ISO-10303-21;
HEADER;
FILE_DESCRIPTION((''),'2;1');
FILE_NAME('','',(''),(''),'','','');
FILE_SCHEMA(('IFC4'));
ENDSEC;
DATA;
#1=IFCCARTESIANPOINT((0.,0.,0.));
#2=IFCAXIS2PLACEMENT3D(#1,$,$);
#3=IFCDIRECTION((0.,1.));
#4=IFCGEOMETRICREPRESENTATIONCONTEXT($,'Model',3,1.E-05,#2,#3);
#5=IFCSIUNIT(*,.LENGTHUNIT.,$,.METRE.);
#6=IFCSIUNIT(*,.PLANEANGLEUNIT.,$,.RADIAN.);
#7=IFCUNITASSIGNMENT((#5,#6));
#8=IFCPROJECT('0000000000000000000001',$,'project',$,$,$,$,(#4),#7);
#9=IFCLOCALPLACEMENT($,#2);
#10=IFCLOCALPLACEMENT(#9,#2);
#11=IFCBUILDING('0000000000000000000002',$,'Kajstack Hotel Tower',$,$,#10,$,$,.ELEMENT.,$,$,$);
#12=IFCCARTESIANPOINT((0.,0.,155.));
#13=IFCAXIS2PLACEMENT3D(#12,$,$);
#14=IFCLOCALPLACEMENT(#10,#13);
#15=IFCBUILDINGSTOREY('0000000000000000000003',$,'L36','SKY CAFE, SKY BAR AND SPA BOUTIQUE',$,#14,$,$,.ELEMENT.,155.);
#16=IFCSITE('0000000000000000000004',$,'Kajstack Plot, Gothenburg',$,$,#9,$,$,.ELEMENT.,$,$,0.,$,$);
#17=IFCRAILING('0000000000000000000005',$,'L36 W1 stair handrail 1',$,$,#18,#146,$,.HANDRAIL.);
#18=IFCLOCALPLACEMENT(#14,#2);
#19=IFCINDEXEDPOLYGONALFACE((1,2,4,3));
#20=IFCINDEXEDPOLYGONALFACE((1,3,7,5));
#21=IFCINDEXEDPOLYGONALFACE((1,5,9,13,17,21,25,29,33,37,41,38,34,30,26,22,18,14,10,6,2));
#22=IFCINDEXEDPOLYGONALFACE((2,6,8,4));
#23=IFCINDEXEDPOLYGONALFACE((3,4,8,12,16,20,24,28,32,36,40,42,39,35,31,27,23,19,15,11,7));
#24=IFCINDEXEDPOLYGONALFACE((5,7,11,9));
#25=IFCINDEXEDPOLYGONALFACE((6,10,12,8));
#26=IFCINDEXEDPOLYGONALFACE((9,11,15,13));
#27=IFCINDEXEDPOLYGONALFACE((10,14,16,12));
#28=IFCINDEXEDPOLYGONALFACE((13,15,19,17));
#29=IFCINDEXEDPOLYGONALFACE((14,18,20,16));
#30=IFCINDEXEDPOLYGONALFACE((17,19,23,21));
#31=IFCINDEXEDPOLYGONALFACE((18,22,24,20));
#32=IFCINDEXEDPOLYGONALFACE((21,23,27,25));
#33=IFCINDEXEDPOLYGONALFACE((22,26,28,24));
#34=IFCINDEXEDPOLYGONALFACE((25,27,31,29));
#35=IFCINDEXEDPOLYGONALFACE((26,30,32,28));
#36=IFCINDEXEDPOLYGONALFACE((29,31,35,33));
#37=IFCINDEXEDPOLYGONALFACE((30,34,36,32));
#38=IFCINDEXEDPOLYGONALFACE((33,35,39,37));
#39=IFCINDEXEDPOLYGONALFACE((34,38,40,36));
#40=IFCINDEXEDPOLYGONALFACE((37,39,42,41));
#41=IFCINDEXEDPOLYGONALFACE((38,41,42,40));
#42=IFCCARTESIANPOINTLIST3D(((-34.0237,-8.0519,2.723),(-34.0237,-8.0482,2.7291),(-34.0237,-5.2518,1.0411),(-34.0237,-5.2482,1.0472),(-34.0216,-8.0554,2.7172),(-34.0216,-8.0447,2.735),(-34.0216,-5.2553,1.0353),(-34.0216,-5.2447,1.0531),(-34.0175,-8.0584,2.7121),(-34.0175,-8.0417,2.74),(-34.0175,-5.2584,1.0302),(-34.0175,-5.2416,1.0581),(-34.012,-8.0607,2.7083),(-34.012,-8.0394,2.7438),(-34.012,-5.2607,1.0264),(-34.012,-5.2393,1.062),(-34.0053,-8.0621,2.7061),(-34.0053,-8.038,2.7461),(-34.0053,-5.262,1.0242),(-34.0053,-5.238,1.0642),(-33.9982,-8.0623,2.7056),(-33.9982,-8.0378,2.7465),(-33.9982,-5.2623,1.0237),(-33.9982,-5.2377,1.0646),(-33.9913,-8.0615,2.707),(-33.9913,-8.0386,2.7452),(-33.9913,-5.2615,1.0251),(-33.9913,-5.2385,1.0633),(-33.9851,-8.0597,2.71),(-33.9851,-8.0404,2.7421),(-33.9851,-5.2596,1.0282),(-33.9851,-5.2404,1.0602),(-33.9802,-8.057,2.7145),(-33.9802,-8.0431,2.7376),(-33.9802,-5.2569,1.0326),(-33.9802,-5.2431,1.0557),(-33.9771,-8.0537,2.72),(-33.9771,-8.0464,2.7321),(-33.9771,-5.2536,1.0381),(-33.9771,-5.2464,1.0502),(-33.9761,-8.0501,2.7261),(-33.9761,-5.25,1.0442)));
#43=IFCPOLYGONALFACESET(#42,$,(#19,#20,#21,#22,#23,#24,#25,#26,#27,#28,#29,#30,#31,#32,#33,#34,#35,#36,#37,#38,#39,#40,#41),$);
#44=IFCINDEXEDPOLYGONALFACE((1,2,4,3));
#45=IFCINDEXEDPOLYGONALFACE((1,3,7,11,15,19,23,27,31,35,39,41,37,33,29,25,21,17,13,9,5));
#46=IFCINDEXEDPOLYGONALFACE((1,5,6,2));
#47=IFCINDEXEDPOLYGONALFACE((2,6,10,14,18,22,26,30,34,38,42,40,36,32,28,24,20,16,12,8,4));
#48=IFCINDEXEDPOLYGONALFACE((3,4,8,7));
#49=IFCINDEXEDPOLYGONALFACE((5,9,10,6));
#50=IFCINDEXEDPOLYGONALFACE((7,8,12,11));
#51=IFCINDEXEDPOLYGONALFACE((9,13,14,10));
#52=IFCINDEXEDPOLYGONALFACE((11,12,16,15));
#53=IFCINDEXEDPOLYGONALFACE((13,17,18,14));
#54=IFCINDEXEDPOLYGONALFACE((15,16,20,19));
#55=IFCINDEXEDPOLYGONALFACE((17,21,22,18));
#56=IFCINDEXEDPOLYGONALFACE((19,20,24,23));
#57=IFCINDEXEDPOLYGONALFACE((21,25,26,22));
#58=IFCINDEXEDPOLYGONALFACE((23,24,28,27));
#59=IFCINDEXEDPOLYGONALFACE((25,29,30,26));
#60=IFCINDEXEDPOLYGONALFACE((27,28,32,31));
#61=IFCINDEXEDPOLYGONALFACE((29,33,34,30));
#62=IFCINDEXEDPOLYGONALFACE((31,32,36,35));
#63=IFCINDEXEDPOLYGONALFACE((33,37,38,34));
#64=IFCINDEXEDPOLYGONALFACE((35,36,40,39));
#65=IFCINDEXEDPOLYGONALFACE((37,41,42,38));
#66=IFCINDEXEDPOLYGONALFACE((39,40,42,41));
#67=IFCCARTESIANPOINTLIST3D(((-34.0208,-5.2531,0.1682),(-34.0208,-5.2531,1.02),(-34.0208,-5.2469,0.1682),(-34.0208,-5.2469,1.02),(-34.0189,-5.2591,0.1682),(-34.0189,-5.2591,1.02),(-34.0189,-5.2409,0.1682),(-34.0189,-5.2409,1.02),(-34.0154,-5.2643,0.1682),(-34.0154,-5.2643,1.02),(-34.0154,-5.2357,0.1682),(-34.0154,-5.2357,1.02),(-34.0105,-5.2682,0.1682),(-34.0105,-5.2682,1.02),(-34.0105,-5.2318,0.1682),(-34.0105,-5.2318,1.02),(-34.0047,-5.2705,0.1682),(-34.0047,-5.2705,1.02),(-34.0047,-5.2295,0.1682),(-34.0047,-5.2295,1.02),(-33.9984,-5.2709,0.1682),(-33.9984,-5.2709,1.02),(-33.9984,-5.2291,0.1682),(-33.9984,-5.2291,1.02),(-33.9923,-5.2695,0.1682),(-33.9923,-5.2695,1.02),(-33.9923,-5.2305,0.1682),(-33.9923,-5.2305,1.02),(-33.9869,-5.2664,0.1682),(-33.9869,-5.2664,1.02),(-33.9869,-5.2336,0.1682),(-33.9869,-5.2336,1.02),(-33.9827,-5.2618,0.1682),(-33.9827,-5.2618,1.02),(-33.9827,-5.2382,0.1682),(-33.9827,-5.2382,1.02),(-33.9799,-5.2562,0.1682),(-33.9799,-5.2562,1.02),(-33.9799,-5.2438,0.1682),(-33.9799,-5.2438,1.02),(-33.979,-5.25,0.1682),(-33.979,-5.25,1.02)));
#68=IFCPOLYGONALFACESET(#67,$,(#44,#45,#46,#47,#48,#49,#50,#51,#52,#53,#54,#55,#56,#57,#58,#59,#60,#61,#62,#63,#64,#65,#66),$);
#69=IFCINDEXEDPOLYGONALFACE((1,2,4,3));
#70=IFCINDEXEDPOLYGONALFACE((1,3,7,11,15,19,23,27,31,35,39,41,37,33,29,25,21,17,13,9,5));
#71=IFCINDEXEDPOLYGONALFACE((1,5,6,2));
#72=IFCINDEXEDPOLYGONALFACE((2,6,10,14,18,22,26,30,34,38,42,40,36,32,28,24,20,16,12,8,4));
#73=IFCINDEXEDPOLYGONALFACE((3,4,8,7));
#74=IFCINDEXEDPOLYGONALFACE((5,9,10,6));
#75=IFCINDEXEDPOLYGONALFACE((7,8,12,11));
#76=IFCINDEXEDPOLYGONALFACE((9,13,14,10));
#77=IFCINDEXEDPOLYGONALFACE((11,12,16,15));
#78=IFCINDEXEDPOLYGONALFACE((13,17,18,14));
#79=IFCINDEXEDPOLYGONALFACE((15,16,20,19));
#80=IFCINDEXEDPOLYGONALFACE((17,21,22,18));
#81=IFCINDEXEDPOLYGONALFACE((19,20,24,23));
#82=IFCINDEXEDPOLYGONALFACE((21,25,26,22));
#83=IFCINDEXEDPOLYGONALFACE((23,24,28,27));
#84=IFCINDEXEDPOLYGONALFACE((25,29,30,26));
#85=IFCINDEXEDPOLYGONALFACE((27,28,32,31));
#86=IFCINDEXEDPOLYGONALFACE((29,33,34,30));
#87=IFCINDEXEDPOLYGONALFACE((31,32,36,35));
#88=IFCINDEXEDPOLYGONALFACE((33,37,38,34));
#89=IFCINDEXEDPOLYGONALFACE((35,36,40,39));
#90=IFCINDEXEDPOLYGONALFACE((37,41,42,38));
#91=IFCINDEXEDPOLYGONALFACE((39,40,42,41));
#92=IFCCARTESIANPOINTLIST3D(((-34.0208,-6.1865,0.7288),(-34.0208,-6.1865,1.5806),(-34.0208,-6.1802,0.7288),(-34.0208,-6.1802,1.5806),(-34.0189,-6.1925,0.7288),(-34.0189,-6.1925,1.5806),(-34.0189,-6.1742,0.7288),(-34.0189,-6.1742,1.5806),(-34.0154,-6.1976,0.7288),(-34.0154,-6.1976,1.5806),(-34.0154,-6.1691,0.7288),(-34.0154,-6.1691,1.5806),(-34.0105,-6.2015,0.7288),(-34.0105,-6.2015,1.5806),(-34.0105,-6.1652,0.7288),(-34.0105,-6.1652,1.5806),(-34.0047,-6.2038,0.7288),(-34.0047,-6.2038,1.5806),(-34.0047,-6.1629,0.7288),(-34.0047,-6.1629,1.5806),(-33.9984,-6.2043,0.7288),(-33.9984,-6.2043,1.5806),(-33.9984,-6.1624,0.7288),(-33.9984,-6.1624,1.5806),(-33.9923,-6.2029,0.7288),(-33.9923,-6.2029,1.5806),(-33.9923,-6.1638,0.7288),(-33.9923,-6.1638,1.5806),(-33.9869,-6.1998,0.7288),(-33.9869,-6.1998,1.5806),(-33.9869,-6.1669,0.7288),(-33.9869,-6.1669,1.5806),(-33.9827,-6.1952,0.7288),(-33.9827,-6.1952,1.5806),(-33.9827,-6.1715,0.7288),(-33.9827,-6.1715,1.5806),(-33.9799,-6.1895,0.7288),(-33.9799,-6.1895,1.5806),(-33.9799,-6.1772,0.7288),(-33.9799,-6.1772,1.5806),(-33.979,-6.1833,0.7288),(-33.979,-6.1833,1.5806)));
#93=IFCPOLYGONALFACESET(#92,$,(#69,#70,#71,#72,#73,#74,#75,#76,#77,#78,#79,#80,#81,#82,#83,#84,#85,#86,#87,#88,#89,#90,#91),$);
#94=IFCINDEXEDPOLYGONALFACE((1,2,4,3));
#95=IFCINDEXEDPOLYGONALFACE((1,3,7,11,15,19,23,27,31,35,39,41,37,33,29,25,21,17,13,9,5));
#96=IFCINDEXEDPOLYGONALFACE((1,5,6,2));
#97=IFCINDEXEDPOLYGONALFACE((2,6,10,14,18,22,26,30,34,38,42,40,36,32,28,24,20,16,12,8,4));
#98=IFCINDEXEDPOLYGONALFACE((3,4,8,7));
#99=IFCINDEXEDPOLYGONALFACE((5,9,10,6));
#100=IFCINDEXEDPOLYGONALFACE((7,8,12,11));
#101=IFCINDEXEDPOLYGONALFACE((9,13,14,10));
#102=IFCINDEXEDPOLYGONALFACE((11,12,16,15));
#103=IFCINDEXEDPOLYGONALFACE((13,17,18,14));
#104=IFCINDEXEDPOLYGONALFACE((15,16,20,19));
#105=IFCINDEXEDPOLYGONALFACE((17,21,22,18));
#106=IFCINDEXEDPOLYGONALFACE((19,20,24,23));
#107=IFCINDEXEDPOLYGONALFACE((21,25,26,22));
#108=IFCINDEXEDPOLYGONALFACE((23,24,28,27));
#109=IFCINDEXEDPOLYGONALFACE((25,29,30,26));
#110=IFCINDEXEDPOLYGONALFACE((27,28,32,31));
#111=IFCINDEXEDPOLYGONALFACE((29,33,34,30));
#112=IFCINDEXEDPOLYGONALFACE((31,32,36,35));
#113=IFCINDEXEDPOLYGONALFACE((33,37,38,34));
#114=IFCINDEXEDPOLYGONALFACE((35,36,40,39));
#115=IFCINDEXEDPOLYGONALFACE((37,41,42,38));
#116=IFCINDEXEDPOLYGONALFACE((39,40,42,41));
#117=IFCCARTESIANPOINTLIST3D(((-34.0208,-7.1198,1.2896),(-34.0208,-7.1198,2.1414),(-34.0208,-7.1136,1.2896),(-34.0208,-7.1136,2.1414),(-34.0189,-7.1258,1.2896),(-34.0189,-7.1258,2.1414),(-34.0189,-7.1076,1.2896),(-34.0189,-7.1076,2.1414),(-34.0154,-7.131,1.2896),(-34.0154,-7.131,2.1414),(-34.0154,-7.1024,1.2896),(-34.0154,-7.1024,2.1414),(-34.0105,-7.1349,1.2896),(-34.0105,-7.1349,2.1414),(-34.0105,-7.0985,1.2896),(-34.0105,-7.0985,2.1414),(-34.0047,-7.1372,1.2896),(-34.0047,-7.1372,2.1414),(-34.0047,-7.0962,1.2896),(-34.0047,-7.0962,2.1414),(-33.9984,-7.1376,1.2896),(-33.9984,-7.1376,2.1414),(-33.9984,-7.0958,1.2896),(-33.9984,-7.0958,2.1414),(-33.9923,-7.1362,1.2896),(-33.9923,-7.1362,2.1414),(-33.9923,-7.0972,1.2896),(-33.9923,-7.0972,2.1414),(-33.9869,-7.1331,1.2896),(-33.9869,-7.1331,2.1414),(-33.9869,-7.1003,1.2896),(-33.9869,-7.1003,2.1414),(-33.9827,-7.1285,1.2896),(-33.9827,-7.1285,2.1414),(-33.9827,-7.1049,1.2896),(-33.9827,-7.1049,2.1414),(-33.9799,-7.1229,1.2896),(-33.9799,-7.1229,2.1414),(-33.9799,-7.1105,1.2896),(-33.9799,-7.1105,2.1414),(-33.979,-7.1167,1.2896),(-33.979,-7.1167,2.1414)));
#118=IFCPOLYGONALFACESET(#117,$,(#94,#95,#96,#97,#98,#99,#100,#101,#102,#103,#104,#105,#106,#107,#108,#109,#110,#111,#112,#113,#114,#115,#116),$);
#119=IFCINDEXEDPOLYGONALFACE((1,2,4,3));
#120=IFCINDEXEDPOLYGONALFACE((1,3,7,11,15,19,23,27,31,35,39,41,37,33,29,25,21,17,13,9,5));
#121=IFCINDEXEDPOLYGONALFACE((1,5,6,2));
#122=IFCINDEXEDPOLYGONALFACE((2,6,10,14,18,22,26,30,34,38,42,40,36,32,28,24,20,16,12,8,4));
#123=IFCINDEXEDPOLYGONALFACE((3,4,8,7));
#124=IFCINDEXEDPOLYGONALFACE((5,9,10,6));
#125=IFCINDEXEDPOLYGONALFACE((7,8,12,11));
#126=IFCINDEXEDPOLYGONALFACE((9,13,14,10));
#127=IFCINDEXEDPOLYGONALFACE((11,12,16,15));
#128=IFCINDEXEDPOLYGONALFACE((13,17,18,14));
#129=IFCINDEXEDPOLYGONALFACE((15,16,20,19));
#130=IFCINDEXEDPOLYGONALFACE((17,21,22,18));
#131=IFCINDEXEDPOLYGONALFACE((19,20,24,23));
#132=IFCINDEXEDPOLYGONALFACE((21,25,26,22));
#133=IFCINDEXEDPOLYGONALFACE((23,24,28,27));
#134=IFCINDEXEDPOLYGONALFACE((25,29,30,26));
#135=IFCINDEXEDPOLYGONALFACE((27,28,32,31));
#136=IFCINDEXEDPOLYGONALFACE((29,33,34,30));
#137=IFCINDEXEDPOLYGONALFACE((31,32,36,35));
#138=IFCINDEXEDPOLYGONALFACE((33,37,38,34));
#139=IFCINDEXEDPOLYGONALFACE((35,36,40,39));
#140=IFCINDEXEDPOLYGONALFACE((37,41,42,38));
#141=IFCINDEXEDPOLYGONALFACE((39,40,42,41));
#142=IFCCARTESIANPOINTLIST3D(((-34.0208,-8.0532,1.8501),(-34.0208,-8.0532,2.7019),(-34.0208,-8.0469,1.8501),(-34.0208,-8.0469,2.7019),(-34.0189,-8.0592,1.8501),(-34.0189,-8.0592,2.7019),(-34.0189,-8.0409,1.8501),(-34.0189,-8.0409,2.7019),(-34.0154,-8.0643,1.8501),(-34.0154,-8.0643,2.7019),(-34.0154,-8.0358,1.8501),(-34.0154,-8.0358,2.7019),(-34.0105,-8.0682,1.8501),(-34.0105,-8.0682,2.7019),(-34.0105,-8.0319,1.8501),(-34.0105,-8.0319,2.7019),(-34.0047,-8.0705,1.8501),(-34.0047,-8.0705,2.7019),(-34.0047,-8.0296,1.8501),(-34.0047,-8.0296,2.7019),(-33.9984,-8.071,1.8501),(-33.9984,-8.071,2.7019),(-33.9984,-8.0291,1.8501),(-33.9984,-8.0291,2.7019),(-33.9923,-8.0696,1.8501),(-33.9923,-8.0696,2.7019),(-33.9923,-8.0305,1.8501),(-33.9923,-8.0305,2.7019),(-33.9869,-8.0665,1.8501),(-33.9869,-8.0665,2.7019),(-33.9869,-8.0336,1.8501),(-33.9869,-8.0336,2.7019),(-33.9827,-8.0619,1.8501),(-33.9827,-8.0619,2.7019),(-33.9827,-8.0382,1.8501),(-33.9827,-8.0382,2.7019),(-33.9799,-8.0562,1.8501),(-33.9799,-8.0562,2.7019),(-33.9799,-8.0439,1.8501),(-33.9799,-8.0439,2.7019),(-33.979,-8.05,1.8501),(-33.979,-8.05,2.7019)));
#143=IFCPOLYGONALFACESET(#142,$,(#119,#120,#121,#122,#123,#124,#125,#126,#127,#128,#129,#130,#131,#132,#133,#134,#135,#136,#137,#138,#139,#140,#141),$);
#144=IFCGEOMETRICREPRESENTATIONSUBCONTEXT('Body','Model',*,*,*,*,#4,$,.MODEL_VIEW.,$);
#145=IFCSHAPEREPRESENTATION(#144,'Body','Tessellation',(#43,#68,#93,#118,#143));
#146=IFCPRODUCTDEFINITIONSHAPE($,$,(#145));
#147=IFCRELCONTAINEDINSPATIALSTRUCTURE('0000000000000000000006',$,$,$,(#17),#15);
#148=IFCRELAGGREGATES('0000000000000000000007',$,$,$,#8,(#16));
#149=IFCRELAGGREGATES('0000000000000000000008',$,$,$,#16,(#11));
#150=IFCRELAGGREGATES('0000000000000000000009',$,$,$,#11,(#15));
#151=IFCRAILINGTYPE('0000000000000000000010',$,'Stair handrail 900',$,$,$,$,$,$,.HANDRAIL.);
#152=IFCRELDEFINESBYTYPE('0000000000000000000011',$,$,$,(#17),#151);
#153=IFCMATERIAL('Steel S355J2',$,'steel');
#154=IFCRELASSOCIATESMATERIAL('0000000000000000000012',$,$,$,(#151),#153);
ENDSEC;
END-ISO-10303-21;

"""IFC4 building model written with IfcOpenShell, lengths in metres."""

from ifc_helpers import new_model, si_unit, direction, frame, origin, origin_2d, place, context, subcontext, project, spatial, circle, extrude, material, type_object, element, save


model = new_model("IFC4")

# Units and contexts
model_context = context("Model", 3, precision=1e-05, world=origin(), true_north=direction((0.0, 1.0)))
body_context = subcontext(model_context, "Body", "Model", "MODEL_VIEW")
ifc_project = project(units=[si_unit("LENGTHUNIT", "METRE"), si_unit("PLANEANGLEUNIT", "RADIAN")], contexts=[model_context])

# Site, building, storey
site_placement = place(None, origin())
site = spatial("IfcSite", under=ifc_project, at=site_placement, Name="Kajstack Plot, Gothenburg", CompositionType="ELEMENT", RefElevation=0.0)
building_placement = place(site_placement, origin())
building = spatial("IfcBuilding", under=site, at=building_placement, Name="Kajstack Hotel Tower", CompositionType="ELEMENT")
storey_placement = place(building_placement, frame((0.0, 0.0, 155.0)))
storey = spatial("IfcBuildingStorey", under=building, at=storey_placement, Name="L36", Description="SKY CAFE, SKY BAR AND SPA BOUTIQUE", CompositionType="ELEMENT", Elevation=155.0)

# Railing
ifc_material_1 = material(Name="Steel S355J2", Category="steel")
railing_type_1 = type_object("IfcRailingType", Name="Stair handrail 900", PredefinedType="HANDRAIL", material=ifc_material_1)
railing_1_placement = place(storey_placement, frame((-34.0, -5.25, 0.1682)))
element("IfcRailing", 1, at=railing_1_placement, inside=storey, type_object=railing_type_1, Name="L36 W1 stair handrail 1", PredefinedType="HANDRAIL", context=body_context, shape_type="SweptSolid", body=[
    extrude(circle(Radius=0.0239, at=origin_2d()), frame((0.0, 0.0, 0.876), z_axis=(0.0, -0.857242, 0.514913), x_axis=(1.0, 0.0, 0.0)), (0.0, 0.0, 1.0), 3.2664),
    extrude(circle(Radius=0.021, at=origin_2d()), origin(), (0.0, 0.0, 1.0), 0.8518),
    extrude(circle(Radius=0.021, at=origin_2d()), frame((0.0, -0.9333, 0.5605)), (0.0, 0.0, 1.0), 0.8518),
    extrude(circle(Radius=0.021, at=origin_2d()), frame((0.0, -1.8667, 1.1213)), (0.0, 0.0, 1.0), 0.8518),
    extrude(circle(Radius=0.021, at=origin_2d()), frame((0.0, -2.8, 1.6819)), (0.0, 0.0, 1.0), 0.8518),
])

save(model, "model.ifc")
